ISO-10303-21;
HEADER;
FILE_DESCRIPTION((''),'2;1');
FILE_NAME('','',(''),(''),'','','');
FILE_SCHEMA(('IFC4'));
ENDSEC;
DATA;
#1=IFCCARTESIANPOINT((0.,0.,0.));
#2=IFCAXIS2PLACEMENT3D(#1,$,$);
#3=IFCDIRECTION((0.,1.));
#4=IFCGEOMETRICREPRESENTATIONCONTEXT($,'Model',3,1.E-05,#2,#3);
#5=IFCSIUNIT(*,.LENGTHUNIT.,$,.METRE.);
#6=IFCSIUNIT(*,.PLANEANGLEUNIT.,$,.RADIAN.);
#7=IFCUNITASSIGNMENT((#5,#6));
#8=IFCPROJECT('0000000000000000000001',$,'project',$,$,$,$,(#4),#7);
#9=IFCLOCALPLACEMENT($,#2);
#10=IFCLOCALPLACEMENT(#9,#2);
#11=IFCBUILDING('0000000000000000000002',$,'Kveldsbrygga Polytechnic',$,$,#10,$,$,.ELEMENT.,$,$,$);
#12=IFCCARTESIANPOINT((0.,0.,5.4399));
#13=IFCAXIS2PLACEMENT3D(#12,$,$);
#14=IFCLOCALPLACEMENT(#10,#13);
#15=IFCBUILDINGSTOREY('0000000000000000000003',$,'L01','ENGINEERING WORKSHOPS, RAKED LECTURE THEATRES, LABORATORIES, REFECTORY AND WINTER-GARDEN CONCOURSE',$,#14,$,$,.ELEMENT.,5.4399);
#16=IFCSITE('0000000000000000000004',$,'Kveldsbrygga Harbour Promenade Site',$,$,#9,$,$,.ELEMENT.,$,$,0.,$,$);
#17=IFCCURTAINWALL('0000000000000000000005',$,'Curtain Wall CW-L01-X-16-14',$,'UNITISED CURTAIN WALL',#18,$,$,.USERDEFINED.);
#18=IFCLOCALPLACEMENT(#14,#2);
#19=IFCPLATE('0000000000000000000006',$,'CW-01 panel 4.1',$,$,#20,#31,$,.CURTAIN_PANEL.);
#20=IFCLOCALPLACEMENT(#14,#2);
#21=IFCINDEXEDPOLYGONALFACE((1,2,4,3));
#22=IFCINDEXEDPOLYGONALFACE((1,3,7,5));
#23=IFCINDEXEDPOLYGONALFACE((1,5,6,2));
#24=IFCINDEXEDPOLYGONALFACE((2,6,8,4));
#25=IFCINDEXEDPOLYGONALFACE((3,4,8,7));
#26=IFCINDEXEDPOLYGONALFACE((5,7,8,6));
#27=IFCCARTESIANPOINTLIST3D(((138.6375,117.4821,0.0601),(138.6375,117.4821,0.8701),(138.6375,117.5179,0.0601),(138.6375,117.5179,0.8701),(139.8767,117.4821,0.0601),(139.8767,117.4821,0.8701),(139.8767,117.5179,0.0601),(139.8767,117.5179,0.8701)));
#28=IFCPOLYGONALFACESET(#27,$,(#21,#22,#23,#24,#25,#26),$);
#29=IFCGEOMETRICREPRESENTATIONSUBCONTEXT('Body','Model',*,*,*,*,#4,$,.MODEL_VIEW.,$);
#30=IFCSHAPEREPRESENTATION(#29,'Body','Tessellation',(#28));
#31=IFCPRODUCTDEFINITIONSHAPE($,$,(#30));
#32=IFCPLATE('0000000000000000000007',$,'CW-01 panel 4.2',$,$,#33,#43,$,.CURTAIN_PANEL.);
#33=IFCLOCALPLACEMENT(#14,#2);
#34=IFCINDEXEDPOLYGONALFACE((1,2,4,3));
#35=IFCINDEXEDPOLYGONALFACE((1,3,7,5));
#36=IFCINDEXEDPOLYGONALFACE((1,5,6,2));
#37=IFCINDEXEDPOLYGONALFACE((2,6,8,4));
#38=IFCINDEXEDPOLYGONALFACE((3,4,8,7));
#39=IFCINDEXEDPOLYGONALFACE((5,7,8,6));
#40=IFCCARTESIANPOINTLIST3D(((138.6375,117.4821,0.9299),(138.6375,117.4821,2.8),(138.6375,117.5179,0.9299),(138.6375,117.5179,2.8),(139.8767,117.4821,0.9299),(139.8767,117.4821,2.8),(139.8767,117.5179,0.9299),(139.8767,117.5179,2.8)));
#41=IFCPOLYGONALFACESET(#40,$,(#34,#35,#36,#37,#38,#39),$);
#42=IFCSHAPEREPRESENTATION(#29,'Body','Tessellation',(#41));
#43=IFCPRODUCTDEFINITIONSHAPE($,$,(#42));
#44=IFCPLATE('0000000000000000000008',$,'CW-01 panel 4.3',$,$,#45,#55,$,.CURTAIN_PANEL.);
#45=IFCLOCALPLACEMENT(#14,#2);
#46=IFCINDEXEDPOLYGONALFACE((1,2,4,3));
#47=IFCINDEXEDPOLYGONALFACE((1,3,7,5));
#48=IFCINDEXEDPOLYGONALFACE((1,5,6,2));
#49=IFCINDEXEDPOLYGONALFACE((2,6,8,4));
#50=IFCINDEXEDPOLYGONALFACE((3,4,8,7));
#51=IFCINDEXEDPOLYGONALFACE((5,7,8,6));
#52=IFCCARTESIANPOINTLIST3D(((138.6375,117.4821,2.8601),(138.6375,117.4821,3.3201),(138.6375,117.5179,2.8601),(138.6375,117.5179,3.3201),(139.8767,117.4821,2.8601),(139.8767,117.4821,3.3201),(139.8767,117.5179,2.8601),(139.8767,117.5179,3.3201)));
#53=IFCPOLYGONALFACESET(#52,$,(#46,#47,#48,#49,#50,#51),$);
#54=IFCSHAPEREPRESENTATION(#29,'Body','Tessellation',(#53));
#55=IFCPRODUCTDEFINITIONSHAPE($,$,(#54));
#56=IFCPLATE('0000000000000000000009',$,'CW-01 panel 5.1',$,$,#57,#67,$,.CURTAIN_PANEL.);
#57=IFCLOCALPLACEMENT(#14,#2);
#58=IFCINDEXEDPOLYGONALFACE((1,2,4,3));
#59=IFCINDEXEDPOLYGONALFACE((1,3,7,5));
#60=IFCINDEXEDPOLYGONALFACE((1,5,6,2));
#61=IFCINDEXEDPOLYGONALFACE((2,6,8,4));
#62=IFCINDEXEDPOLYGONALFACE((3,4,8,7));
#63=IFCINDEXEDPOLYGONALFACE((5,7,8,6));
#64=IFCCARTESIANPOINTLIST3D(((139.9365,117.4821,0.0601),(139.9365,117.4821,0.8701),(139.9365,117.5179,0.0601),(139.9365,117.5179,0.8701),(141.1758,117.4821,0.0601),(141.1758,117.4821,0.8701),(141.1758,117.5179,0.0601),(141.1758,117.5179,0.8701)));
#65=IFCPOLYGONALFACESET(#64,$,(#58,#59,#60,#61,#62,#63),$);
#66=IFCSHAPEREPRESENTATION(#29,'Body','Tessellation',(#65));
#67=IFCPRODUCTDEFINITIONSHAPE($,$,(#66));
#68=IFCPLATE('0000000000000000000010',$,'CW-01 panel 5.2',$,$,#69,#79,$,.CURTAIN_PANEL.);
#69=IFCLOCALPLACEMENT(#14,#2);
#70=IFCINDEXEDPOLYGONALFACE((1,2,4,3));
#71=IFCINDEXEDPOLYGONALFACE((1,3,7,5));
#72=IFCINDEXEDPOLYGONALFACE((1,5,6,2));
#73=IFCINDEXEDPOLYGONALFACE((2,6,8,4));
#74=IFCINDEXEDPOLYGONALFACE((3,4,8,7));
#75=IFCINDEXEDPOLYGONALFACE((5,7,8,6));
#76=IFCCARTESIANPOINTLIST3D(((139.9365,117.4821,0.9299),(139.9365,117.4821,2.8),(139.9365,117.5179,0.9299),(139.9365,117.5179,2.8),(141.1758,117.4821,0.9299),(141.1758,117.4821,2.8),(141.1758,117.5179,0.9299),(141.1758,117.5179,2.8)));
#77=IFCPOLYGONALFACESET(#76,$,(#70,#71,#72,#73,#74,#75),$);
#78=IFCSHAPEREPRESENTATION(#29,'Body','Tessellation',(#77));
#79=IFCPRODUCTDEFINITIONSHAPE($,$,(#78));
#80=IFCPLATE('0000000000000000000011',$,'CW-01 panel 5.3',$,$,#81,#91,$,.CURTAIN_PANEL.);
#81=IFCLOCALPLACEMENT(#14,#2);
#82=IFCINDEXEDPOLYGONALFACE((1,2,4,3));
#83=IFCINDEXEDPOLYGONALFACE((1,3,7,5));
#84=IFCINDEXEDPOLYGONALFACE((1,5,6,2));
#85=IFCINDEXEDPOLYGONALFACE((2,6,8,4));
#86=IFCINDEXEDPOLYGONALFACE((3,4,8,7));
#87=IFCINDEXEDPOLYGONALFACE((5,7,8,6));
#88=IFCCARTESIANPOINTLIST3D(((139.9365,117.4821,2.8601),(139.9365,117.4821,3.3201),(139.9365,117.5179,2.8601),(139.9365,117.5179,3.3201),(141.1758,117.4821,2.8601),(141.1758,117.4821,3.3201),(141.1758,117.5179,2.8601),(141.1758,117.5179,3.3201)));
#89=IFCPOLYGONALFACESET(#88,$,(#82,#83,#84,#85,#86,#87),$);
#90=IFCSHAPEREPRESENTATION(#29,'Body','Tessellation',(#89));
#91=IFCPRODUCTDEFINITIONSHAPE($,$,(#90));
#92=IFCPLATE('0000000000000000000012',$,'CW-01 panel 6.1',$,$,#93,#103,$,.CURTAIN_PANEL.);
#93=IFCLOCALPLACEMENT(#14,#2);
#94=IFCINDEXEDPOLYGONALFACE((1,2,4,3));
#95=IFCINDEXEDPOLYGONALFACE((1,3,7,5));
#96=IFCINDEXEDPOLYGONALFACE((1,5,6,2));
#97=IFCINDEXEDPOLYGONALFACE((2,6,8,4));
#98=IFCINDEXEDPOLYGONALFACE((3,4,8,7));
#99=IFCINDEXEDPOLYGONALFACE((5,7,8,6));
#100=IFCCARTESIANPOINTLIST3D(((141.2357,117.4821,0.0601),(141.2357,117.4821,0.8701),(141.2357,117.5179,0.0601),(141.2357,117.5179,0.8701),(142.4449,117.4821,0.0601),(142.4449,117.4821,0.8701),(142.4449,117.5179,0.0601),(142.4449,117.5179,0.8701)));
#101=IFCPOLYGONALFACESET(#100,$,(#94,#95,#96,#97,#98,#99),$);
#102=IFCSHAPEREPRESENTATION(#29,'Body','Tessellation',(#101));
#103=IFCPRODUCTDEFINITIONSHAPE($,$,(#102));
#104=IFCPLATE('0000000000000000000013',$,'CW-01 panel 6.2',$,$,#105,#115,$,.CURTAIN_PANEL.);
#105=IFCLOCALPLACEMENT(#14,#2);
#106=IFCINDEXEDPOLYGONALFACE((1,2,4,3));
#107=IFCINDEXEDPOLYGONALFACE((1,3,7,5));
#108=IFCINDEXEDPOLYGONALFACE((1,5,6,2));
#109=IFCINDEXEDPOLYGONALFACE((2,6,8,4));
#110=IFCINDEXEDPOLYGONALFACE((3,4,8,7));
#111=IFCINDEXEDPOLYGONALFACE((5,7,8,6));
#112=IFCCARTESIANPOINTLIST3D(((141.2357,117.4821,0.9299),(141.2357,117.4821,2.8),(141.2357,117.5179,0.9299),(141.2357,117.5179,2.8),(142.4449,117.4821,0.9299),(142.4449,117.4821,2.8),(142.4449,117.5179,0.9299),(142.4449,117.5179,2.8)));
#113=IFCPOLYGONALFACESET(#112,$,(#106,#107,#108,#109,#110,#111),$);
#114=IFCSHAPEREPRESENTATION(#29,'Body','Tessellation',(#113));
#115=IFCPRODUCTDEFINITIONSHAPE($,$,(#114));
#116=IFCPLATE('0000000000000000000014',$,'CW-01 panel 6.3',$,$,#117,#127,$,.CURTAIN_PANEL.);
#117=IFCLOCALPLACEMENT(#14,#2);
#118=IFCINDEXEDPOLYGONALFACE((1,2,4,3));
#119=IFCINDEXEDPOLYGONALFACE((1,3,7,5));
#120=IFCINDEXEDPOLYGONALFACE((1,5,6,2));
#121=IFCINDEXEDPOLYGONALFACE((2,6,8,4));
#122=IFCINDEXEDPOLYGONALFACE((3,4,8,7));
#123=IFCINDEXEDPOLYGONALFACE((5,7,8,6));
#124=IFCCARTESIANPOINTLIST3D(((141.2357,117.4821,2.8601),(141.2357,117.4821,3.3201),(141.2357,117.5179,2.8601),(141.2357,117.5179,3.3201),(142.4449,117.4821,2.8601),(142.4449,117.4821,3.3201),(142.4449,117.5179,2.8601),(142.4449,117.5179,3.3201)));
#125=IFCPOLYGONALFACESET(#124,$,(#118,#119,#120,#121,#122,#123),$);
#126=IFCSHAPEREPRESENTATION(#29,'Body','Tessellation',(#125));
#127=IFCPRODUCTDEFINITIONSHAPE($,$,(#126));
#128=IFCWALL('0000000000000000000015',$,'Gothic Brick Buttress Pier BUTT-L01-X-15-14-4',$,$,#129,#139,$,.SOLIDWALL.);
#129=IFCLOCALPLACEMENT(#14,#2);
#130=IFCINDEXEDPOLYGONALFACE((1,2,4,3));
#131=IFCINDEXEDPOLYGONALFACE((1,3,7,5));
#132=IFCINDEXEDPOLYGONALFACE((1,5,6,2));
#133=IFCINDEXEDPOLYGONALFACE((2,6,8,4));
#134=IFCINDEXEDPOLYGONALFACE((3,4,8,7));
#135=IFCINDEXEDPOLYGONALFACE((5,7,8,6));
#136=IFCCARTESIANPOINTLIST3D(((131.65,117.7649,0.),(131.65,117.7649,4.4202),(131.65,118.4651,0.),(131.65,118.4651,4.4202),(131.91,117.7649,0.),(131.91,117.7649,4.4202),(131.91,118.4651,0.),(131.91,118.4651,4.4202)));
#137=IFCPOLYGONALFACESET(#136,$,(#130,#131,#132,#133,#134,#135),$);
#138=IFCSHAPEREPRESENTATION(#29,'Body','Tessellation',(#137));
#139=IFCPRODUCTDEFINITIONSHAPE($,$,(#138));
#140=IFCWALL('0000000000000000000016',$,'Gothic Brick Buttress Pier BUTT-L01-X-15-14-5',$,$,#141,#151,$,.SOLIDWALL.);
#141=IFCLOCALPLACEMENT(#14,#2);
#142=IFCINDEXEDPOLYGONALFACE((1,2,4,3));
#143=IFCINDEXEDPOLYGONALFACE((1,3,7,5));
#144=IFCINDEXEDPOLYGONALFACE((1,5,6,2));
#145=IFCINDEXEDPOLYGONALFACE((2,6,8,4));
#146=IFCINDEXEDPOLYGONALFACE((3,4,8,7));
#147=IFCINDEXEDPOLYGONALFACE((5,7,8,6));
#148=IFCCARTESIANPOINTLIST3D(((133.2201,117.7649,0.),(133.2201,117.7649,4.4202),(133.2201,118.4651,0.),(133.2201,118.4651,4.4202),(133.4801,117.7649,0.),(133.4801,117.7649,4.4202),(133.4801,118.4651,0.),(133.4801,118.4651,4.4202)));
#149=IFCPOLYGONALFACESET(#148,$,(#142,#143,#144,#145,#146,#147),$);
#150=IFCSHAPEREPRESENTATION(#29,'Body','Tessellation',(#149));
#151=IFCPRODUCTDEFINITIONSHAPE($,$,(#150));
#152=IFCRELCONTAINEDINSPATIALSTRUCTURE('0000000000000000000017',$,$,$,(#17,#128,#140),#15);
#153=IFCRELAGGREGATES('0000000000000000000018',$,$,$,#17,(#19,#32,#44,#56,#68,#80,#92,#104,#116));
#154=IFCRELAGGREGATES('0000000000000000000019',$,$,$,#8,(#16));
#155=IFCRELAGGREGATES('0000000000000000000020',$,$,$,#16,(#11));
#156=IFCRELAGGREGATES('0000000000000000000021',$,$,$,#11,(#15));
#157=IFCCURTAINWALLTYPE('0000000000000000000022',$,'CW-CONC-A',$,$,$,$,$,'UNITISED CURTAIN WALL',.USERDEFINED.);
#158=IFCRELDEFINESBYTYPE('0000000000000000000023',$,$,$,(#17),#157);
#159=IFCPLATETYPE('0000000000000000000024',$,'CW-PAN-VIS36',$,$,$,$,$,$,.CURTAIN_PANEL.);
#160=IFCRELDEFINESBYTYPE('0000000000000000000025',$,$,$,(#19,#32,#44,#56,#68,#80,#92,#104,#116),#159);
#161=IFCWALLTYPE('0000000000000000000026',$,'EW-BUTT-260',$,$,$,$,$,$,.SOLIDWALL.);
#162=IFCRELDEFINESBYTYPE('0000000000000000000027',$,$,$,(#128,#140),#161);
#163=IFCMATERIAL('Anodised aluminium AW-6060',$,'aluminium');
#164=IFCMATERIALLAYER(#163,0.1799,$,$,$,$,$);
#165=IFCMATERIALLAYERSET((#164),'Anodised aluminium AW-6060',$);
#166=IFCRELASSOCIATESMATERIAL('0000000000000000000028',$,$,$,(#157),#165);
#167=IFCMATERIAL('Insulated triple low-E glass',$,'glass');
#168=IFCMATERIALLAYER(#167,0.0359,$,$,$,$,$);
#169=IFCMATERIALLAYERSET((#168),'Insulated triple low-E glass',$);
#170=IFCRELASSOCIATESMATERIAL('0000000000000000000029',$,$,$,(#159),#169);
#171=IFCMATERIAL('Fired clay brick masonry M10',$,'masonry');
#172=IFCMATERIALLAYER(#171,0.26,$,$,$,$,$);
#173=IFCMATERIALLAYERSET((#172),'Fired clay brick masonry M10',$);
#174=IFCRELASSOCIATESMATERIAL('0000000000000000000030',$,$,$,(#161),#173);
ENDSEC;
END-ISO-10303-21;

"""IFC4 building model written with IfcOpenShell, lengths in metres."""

from ifc_helpers import new_model, si_unit, direction, frame, frame_2d, origin, origin_2d, place, context, subcontext, project, spatial, rectangle, extrude, material, layer, layer_set, type_object, element, aggregate, save


model = new_model("IFC4")

# Units and contexts
model_context = context("Model", 3, precision=1e-05, world=origin(), true_north=direction((0.0, 1.0)))
body_context = subcontext(model_context, "Body", "Model", "MODEL_VIEW")
ifc_project = project(units=[si_unit("LENGTHUNIT", "METRE"), si_unit("PLANEANGLEUNIT", "RADIAN")], contexts=[model_context])

# Site, building, storey
site_placement = place(None, origin())
site = spatial("IfcSite", under=ifc_project, at=site_placement, Name="Kveldsbrygga Harbour Promenade Site", CompositionType="ELEMENT", RefElevation=0.0)
building_placement = place(site_placement, origin())
building = spatial("IfcBuilding", under=site, at=building_placement, Name="Kveldsbrygga Polytechnic", CompositionType="ELEMENT")
storey_placement = place(building_placement, frame((0.0, 0.0, 5.4399)))
storey = spatial("IfcBuildingStorey", under=building, at=storey_placement, Name="L01", Description="ENGINEERING WORKSHOPS, RAKED LECTURE THEATRES, LABORATORIES, REFECTORY AND WINTER-GARDEN CONCOURSE", CompositionType="ELEMENT", Elevation=5.4399)

# Curtain wall, plates
ifc_material_1 = material(Name="Anodised aluminium AW-6060", Category="aluminium")
ifc_layer_1 = layer(ifc_material_1, 0.1799)
ifc_layer_set_1 = layer_set([ifc_layer_1], Name="Anodised aluminium AW-6060")
curtain_wall_type = type_object("IfcCurtainWallType", Name="CW-CONC-A", ElementType="UNITISED CURTAIN WALL", PredefinedType="USERDEFINED", material=ifc_layer_set_1)
curtain_wall_placement = place(storey_placement, origin())
curtain_wall = element("IfcCurtainWall", 1, at=curtain_wall_placement, inside=storey, type_object=curtain_wall_type, Name="Curtain Wall CW-L01-X-16-14", ObjectType="UNITISED CURTAIN WALL", PredefinedType="USERDEFINED")
ifc_material_2 = material(Name="Insulated triple low-E glass", Category="glass")
ifc_layer_2 = layer(ifc_material_2, 0.0359)
ifc_layer_set_2 = layer_set([ifc_layer_2], Name="Insulated triple low-E glass")
plate_type = type_object("IfcPlateType", Name="CW-PAN-VIS36", PredefinedType="CURTAIN_PANEL", material=ifc_layer_set_2)
plate_1_placement = place(storey_placement, frame((139.2571, 117.5, 0.0601), z_axis=(0.0, 0.0, 1.0), x_axis=(1.0, 0.0, 0.0)))
plate_1 = element("IfcPlate", 2, at=plate_1_placement, type_object=plate_type, Name="CW-01 panel 4.1", PredefinedType="CURTAIN_PANEL", context=body_context, shape_type="SweptSolid", body=[
    extrude(rectangle(XDim=1.2393, YDim=0.0359, at=origin_2d()), origin(), (0.0, 0.0, 1.0), 0.8101),
])
plate_2_placement = place(storey_placement, frame((139.2571, 117.5, 0.9299), z_axis=(0.0, 0.0, 1.0), x_axis=(1.0, 0.0, 0.0)))
plate_2 = element("IfcPlate", 3, at=plate_2_placement, type_object=plate_type, Name="CW-01 panel 4.2", PredefinedType="CURTAIN_PANEL", context=body_context, shape_type="SweptSolid", body=[
    extrude(rectangle(XDim=1.2393, YDim=0.0359, at=origin_2d()), origin(), (0.0, 0.0, 1.0), 1.8701),
])
plate_3_placement = place(storey_placement, frame((139.2571, 117.5, 2.8601), z_axis=(0.0, 0.0, 1.0), x_axis=(1.0, 0.0, 0.0)))
plate_3 = element("IfcPlate", 4, at=plate_3_placement, type_object=plate_type, Name="CW-01 panel 4.3", PredefinedType="CURTAIN_PANEL", context=body_context, shape_type="SweptSolid", body=[
    extrude(rectangle(XDim=1.2393, YDim=0.0359, at=origin_2d()), origin(), (0.0, 0.0, 1.0), 0.46),
])
plate_4_placement = place(storey_placement, frame((140.5562, 117.5, 0.0601), z_axis=(0.0, 0.0, 1.0), x_axis=(1.0, 0.0, 0.0)))
plate_4 = element("IfcPlate", 5, at=plate_4_placement, type_object=plate_type, Name="CW-01 panel 5.1", PredefinedType="CURTAIN_PANEL", context=body_context, shape_type="SweptSolid", body=[
    extrude(rectangle(XDim=1.2393, YDim=0.0359, at=origin_2d()), origin(), (0.0, 0.0, 1.0), 0.8101),
])
plate_5_placement = place(storey_placement, frame((140.5562, 117.5, 0.9299), z_axis=(0.0, 0.0, 1.0), x_axis=(1.0, 0.0, 0.0)))
plate_5 = element("IfcPlate", 6, at=plate_5_placement, type_object=plate_type, Name="CW-01 panel 5.2", PredefinedType="CURTAIN_PANEL", context=body_context, shape_type="SweptSolid", body=[
    extrude(rectangle(XDim=1.2393, YDim=0.0359, at=origin_2d()), origin(), (0.0, 0.0, 1.0), 1.8701),
])
plate_6_placement = place(storey_placement, frame((140.5562, 117.5, 2.8601), z_axis=(0.0, 0.0, 1.0), x_axis=(1.0, 0.0, 0.0)))
plate_6 = element("IfcPlate", 7, at=plate_6_placement, type_object=plate_type, Name="CW-01 panel 5.3", PredefinedType="CURTAIN_PANEL", context=body_context, shape_type="SweptSolid", body=[
    extrude(rectangle(XDim=1.2393, YDim=0.0359, at=origin_2d()), origin(), (0.0, 0.0, 1.0), 0.46),
])
plate_7_placement = place(storey_placement, frame((141.8403, 117.5, 0.0601), z_axis=(0.0, 0.0, 1.0), x_axis=(1.0, 0.0, 0.0)))
plate_7 = element("IfcPlate", 8, at=plate_7_placement, type_object=plate_type, Name="CW-01 panel 6.1", PredefinedType="CURTAIN_PANEL", context=body_context, shape_type="SweptSolid", body=[
    extrude(rectangle(XDim=1.2092, YDim=0.0359, at=origin_2d()), origin(), (0.0, 0.0, 1.0), 0.8101),
])
plate_8_placement = place(storey_placement, frame((141.8403, 117.5, 0.9299), z_axis=(0.0, 0.0, 1.0), x_axis=(1.0, 0.0, 0.0)))
plate_8 = element("IfcPlate", 9, at=plate_8_placement, type_object=plate_type, Name="CW-01 panel 6.2", PredefinedType="CURTAIN_PANEL", context=body_context, shape_type="SweptSolid", body=[
    extrude(rectangle(XDim=1.2092, YDim=0.0359, at=origin_2d()), origin(), (0.0, 0.0, 1.0), 1.8701),
])
plate_9_placement = place(storey_placement, frame((141.8403, 117.5, 2.8601), z_axis=(0.0, 0.0, 1.0), x_axis=(1.0, 0.0, 0.0)))
plate_9 = element("IfcPlate", 10, at=plate_9_placement, type_object=plate_type, Name="CW-01 panel 6.3", PredefinedType="CURTAIN_PANEL", context=body_context, shape_type="SweptSolid", body=[
    extrude(rectangle(XDim=1.2092, YDim=0.0359, at=origin_2d()), origin(), (0.0, 0.0, 1.0), 0.46),
])
aggregate(curtain_wall, [plate_1, plate_2, plate_3, plate_4, plate_5, plate_6, plate_7, plate_8, plate_9])

# Walls
ifc_material_3 = material(Name="Fired clay brick masonry M10", Category="masonry")
ifc_layer_3 = layer(ifc_material_3, 0.26)
ifc_layer_set_3 = layer_set([ifc_layer_3], Name="Fired clay brick masonry M10")
wall_type = type_object("IfcWallType", Name="EW-BUTT-260", PredefinedType="SOLIDWALL", material=ifc_layer_set_3)
for number, where, z_axis, x_axis, name in (
    (11, (131.78, 117.7649, 0.0), (0.0, 0.0, 1.0), (0.0, 1.0, 0.0), "Gothic Brick Buttress Pier BUTT-L01-X-15-14-4"),
    (12, (133.3501, 117.7649, 0.0), (0.0, 0.0, 1.0), (0.0, 1.0, 0.0), "Gothic Brick Buttress Pier BUTT-L01-X-15-14-5"),
):
    element("IfcWall", number, at=place(storey_placement, frame(where, z_axis=z_axis, x_axis=x_axis)), inside=storey, type_object=wall_type, Name=name, PredefinedType="SOLIDWALL", context=body_context, shape_type="SweptSolid", body=[
        extrude(rectangle(XDim=0.7002, YDim=0.26, at=frame_2d((0.3501, 0.0))), origin(), (0.0, 0.0, 1.0), 4.4202),
    ])

save(model, "model.ifc")
